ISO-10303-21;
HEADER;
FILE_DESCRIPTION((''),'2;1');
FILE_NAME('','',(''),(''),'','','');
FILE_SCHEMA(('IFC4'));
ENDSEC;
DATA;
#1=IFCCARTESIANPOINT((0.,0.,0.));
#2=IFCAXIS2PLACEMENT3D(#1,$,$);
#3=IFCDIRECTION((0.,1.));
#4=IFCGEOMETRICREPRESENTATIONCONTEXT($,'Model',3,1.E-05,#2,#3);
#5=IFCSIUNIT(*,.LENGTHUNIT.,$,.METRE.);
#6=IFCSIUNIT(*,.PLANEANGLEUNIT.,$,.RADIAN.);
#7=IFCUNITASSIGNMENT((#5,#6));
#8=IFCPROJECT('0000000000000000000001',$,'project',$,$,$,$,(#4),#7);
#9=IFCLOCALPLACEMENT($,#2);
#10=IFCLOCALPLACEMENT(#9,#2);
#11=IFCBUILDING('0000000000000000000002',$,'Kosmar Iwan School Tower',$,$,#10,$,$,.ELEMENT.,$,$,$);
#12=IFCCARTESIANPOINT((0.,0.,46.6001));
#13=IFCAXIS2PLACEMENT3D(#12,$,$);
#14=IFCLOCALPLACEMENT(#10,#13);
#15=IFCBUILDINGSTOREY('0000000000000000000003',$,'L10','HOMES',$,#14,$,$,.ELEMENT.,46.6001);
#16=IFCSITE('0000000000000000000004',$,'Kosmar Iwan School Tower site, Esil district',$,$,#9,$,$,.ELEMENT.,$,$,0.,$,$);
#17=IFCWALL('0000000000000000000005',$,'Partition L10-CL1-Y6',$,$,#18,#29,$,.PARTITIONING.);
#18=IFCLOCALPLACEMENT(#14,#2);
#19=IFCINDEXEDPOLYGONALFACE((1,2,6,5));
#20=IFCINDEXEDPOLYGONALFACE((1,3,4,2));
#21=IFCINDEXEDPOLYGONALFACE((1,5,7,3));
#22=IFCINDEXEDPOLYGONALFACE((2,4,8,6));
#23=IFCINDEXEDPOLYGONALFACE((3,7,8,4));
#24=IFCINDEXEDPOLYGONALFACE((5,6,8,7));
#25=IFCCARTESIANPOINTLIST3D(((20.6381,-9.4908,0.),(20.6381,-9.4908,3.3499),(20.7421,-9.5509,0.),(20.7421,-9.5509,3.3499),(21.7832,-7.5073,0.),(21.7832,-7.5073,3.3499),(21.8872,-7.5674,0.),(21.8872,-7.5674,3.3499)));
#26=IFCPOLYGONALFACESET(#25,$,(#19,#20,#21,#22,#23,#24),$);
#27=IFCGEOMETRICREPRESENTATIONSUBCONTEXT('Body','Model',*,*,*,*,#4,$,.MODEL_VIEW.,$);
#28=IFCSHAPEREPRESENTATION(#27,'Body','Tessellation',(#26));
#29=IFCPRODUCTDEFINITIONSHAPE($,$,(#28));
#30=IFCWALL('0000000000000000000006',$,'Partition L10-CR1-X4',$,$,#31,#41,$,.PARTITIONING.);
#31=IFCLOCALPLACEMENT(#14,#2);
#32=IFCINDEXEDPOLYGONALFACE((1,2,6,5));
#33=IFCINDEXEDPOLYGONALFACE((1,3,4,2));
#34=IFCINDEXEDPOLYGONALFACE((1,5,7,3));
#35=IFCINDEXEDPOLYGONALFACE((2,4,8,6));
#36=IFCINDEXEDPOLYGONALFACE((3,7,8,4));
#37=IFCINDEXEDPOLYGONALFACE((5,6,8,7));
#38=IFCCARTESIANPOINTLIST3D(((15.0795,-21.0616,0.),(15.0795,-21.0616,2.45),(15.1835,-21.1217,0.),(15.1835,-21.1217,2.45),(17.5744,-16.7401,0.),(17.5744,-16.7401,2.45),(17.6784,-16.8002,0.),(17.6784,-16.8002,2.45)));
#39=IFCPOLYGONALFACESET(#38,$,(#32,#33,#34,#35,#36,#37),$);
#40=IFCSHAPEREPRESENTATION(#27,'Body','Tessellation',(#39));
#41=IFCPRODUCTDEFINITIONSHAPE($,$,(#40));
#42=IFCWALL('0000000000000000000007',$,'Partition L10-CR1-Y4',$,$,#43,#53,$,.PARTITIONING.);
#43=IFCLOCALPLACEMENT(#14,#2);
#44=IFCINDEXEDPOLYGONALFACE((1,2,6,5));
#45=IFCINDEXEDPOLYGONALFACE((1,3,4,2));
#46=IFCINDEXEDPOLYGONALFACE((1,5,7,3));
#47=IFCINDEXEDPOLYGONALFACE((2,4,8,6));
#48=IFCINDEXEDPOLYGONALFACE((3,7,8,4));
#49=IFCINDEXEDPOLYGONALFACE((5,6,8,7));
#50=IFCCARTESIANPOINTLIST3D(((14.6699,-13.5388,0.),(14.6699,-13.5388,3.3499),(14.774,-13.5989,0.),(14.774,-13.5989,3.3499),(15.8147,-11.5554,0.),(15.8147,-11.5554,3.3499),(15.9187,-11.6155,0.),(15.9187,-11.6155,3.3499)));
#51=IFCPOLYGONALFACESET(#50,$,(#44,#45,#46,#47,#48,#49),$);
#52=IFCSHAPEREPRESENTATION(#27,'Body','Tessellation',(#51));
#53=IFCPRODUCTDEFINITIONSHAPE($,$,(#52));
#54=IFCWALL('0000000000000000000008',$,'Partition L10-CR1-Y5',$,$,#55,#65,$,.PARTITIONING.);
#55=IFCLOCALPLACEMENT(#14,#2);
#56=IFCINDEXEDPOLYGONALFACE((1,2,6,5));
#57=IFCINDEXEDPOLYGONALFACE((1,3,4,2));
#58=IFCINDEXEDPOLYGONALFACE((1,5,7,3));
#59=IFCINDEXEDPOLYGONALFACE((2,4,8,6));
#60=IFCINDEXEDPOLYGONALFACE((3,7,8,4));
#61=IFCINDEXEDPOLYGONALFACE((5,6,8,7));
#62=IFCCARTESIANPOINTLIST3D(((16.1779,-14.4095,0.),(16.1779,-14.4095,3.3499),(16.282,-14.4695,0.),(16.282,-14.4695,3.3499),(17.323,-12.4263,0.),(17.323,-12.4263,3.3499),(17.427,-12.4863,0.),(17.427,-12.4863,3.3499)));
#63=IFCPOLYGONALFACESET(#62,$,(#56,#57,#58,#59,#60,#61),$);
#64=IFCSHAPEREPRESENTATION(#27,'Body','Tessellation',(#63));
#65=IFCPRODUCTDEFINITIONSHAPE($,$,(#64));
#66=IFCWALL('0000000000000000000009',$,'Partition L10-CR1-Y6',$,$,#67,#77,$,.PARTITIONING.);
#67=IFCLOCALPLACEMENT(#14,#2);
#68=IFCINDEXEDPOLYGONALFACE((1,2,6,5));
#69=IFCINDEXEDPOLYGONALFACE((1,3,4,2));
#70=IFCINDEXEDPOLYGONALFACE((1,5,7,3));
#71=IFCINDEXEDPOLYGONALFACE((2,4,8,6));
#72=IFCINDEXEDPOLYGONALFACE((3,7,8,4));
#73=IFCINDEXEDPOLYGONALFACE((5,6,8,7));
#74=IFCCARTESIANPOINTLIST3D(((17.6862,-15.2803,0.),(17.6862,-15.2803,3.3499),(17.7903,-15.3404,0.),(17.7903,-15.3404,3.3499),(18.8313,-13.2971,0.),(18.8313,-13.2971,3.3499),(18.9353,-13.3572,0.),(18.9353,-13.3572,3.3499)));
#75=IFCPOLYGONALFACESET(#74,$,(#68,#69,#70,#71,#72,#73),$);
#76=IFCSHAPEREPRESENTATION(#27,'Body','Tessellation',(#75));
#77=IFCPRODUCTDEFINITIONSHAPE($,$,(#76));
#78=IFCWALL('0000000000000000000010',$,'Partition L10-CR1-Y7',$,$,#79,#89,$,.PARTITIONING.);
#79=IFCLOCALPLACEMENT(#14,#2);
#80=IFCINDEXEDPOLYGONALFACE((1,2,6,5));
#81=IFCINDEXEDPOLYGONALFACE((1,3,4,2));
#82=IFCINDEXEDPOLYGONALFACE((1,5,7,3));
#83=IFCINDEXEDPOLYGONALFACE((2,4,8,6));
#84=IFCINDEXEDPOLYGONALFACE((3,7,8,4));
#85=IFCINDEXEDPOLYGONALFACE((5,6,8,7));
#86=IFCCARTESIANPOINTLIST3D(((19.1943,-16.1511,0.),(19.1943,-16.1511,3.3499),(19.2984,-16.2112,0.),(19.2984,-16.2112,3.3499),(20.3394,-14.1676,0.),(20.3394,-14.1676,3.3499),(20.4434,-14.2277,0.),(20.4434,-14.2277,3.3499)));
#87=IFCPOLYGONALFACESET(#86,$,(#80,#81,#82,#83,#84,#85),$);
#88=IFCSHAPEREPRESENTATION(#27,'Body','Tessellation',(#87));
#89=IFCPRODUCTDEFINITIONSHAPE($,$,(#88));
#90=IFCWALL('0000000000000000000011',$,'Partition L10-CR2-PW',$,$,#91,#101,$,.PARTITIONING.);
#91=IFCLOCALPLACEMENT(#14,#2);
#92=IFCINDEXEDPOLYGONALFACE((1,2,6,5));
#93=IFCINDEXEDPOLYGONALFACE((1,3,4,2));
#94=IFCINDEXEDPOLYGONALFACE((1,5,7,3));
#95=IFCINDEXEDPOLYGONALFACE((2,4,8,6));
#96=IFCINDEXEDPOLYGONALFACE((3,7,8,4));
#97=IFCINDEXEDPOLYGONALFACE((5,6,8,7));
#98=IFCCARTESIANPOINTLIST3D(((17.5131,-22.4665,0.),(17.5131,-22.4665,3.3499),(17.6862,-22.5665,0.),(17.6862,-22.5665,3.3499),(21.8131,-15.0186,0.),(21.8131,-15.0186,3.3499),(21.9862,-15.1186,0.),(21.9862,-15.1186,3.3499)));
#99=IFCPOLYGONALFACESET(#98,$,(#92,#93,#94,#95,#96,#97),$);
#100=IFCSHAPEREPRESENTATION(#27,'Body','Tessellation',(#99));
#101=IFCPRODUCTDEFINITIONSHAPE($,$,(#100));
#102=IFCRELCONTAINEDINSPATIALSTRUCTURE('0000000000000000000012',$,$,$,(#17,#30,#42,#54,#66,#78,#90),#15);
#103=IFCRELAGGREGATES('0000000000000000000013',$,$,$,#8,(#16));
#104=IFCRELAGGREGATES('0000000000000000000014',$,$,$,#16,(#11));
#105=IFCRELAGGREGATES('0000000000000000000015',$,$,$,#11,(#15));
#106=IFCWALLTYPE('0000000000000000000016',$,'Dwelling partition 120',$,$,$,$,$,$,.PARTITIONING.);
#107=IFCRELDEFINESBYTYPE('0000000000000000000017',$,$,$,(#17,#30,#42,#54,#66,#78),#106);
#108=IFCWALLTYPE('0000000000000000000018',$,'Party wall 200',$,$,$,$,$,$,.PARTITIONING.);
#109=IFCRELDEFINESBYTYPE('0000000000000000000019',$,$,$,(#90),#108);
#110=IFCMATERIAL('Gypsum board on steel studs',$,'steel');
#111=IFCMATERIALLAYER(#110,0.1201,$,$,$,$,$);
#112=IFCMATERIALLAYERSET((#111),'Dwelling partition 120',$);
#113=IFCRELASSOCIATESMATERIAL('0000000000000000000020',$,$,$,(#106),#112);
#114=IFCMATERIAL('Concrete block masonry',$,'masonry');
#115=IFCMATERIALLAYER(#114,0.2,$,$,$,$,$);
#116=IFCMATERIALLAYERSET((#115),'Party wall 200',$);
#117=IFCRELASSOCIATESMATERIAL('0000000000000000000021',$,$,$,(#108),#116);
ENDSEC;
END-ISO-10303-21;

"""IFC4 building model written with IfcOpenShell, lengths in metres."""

from ifc_helpers import new_model, si_unit, direction, frame, frame_2d, origin, place, context, subcontext, project, spatial, rectangle, extrude, material, layer, layer_set, type_object, element, save


model = new_model("IFC4")

# Units and contexts
model_context = context("Model", 3, precision=1e-05, world=origin(), true_north=direction((0.0, 1.0)))
body_context = subcontext(model_context, "Body", "Model", "MODEL_VIEW")
ifc_project = project(units=[si_unit("LENGTHUNIT", "METRE"), si_unit("PLANEANGLEUNIT", "RADIAN")], contexts=[model_context])

# Site, building, storey
site_placement = place(None, origin())
site = spatial("IfcSite", under=ifc_project, at=site_placement, Name="Kosmar Iwan School Tower site, Esil district", CompositionType="ELEMENT", RefElevation=0.0)
building_placement = place(site_placement, origin())
building = spatial("IfcBuilding", under=site, at=building_placement, Name="Kosmar Iwan School Tower", CompositionType="ELEMENT")
storey_placement = place(building_placement, frame((0.0, 0.0, 46.6001)))
storey = spatial("IfcBuildingStorey", under=building, at=storey_placement, Name="L10", Description="HOMES", CompositionType="ELEMENT", Elevation=46.6001)

# Walls
ifc_material_1 = material(Name="Gypsum board on steel studs", Category="steel")
ifc_layer_1 = layer(ifc_material_1, 0.1201)
ifc_layer_set_1 = layer_set([ifc_layer_1], Name="Dwelling partition 120")
wall_type_1 = type_object("IfcWallType", Name="Dwelling partition 120", PredefinedType="PARTITIONING", material=ifc_layer_set_1)
wall_1_placement = place(storey_placement, frame((20.6902, -9.5208, 0.0), z_axis=(0.0, 0.0, 1.0), x_axis=(0.499969, 0.866044, 0.0)))
element("IfcWall", 1, at=wall_1_placement, inside=storey, type_object=wall_type_1, Name="Partition L10-CL1-Y6", PredefinedType="PARTITIONING", context=body_context, shape_type="SweptSolid", body=[
    extrude(rectangle(XDim=2.2903, YDim=0.1201, at=frame_2d((1.145, 0.0))), origin(), (0.0, 0.0, 1.0), 3.3499),
])
wall_2_placement = place(storey_placement, frame((17.6265, -16.77, 0.0), z_axis=(0.0, 0.0, 1.0), x_axis=(-0.499975, -0.86604, 0.0)))
element("IfcWall", 2, at=wall_2_placement, inside=storey, type_object=wall_type_1, Name="Partition L10-CR1-X4", PredefinedType="PARTITIONING", context=body_context, shape_type="SweptSolid", body=[
    extrude(rectangle(XDim=4.99, YDim=0.1201, at=frame_2d((2.4951, 0.0))), origin(), (0.0, 0.0, 1.0), 2.45),
])
for number, where, z_axis, x_axis, name in (
    (3, (15.8667, -11.5854, 0.0), (0.0, 0.0, 1.0), (-0.499889, -0.86609, 0.0), "Partition L10-CR1-Y4"),
    (4, (17.375, -12.4563, 0.0), (0.0, 0.0, 1.0), (-0.500015, -0.866017, 0.0), "Partition L10-CR1-Y5"),
    (5, (18.8833, -13.3271, 0.0), (0.0, 0.0, 1.0), (-0.500015, -0.866017, 0.0), "Partition L10-CR1-Y6"),
):
    element("IfcWall", number, at=place(storey_placement, frame(where, z_axis=z_axis, x_axis=x_axis)), inside=storey, type_object=wall_type_1, Name=name, PredefinedType="PARTITIONING", context=body_context, shape_type="SweptSolid", body=[
        extrude(rectangle(XDim=2.29, YDim=0.1201, at=frame_2d((1.145, 0.0))), origin(), (0.0, 0.0, 1.0), 3.3499),
    ])
wall_3_placement = place(storey_placement, frame((20.3914, -14.1978, 0.0), z_axis=(0.0, 0.0, 1.0), x_axis=(-0.499969, -0.866044, 0.0)))
element("IfcWall", 6, at=wall_3_placement, inside=storey, type_object=wall_type_1, Name="Partition L10-CR1-Y7", PredefinedType="PARTITIONING", context=body_context, shape_type="SweptSolid", body=[
    extrude(rectangle(XDim=2.2903, YDim=0.1201, at=frame_2d((1.145, 0.0))), origin(), (0.0, 0.0, 1.0), 3.3499),
])
ifc_material_2 = material(Name="Concrete block masonry", Category="masonry")
ifc_layer_2 = layer(ifc_material_2, 0.2)
ifc_layer_set_2 = layer_set([ifc_layer_2], Name="Party wall 200")
wall_type_2 = type_object("IfcWallType", Name="Party wall 200", PredefinedType="PARTITIONING", material=ifc_layer_set_2)
wall_4_placement = place(storey_placement, frame((21.8997, -15.0686, 0.0), z_axis=(0.0, 0.0, 1.0), x_axis=(-0.499995, -0.866028, 0.0)))
element("IfcWall", 7, at=wall_4_placement, inside=storey, type_object=wall_type_2, Name="Partition L10-CR2-PW", PredefinedType="PARTITIONING", context=body_context, shape_type="SweptSolid", body=[
    extrude(rectangle(XDim=8.6001, YDim=0.2, at=frame_2d((4.3, 0.0))), origin(), (0.0, 0.0, 1.0), 3.3499),
])

save(model, "model.ifc")
